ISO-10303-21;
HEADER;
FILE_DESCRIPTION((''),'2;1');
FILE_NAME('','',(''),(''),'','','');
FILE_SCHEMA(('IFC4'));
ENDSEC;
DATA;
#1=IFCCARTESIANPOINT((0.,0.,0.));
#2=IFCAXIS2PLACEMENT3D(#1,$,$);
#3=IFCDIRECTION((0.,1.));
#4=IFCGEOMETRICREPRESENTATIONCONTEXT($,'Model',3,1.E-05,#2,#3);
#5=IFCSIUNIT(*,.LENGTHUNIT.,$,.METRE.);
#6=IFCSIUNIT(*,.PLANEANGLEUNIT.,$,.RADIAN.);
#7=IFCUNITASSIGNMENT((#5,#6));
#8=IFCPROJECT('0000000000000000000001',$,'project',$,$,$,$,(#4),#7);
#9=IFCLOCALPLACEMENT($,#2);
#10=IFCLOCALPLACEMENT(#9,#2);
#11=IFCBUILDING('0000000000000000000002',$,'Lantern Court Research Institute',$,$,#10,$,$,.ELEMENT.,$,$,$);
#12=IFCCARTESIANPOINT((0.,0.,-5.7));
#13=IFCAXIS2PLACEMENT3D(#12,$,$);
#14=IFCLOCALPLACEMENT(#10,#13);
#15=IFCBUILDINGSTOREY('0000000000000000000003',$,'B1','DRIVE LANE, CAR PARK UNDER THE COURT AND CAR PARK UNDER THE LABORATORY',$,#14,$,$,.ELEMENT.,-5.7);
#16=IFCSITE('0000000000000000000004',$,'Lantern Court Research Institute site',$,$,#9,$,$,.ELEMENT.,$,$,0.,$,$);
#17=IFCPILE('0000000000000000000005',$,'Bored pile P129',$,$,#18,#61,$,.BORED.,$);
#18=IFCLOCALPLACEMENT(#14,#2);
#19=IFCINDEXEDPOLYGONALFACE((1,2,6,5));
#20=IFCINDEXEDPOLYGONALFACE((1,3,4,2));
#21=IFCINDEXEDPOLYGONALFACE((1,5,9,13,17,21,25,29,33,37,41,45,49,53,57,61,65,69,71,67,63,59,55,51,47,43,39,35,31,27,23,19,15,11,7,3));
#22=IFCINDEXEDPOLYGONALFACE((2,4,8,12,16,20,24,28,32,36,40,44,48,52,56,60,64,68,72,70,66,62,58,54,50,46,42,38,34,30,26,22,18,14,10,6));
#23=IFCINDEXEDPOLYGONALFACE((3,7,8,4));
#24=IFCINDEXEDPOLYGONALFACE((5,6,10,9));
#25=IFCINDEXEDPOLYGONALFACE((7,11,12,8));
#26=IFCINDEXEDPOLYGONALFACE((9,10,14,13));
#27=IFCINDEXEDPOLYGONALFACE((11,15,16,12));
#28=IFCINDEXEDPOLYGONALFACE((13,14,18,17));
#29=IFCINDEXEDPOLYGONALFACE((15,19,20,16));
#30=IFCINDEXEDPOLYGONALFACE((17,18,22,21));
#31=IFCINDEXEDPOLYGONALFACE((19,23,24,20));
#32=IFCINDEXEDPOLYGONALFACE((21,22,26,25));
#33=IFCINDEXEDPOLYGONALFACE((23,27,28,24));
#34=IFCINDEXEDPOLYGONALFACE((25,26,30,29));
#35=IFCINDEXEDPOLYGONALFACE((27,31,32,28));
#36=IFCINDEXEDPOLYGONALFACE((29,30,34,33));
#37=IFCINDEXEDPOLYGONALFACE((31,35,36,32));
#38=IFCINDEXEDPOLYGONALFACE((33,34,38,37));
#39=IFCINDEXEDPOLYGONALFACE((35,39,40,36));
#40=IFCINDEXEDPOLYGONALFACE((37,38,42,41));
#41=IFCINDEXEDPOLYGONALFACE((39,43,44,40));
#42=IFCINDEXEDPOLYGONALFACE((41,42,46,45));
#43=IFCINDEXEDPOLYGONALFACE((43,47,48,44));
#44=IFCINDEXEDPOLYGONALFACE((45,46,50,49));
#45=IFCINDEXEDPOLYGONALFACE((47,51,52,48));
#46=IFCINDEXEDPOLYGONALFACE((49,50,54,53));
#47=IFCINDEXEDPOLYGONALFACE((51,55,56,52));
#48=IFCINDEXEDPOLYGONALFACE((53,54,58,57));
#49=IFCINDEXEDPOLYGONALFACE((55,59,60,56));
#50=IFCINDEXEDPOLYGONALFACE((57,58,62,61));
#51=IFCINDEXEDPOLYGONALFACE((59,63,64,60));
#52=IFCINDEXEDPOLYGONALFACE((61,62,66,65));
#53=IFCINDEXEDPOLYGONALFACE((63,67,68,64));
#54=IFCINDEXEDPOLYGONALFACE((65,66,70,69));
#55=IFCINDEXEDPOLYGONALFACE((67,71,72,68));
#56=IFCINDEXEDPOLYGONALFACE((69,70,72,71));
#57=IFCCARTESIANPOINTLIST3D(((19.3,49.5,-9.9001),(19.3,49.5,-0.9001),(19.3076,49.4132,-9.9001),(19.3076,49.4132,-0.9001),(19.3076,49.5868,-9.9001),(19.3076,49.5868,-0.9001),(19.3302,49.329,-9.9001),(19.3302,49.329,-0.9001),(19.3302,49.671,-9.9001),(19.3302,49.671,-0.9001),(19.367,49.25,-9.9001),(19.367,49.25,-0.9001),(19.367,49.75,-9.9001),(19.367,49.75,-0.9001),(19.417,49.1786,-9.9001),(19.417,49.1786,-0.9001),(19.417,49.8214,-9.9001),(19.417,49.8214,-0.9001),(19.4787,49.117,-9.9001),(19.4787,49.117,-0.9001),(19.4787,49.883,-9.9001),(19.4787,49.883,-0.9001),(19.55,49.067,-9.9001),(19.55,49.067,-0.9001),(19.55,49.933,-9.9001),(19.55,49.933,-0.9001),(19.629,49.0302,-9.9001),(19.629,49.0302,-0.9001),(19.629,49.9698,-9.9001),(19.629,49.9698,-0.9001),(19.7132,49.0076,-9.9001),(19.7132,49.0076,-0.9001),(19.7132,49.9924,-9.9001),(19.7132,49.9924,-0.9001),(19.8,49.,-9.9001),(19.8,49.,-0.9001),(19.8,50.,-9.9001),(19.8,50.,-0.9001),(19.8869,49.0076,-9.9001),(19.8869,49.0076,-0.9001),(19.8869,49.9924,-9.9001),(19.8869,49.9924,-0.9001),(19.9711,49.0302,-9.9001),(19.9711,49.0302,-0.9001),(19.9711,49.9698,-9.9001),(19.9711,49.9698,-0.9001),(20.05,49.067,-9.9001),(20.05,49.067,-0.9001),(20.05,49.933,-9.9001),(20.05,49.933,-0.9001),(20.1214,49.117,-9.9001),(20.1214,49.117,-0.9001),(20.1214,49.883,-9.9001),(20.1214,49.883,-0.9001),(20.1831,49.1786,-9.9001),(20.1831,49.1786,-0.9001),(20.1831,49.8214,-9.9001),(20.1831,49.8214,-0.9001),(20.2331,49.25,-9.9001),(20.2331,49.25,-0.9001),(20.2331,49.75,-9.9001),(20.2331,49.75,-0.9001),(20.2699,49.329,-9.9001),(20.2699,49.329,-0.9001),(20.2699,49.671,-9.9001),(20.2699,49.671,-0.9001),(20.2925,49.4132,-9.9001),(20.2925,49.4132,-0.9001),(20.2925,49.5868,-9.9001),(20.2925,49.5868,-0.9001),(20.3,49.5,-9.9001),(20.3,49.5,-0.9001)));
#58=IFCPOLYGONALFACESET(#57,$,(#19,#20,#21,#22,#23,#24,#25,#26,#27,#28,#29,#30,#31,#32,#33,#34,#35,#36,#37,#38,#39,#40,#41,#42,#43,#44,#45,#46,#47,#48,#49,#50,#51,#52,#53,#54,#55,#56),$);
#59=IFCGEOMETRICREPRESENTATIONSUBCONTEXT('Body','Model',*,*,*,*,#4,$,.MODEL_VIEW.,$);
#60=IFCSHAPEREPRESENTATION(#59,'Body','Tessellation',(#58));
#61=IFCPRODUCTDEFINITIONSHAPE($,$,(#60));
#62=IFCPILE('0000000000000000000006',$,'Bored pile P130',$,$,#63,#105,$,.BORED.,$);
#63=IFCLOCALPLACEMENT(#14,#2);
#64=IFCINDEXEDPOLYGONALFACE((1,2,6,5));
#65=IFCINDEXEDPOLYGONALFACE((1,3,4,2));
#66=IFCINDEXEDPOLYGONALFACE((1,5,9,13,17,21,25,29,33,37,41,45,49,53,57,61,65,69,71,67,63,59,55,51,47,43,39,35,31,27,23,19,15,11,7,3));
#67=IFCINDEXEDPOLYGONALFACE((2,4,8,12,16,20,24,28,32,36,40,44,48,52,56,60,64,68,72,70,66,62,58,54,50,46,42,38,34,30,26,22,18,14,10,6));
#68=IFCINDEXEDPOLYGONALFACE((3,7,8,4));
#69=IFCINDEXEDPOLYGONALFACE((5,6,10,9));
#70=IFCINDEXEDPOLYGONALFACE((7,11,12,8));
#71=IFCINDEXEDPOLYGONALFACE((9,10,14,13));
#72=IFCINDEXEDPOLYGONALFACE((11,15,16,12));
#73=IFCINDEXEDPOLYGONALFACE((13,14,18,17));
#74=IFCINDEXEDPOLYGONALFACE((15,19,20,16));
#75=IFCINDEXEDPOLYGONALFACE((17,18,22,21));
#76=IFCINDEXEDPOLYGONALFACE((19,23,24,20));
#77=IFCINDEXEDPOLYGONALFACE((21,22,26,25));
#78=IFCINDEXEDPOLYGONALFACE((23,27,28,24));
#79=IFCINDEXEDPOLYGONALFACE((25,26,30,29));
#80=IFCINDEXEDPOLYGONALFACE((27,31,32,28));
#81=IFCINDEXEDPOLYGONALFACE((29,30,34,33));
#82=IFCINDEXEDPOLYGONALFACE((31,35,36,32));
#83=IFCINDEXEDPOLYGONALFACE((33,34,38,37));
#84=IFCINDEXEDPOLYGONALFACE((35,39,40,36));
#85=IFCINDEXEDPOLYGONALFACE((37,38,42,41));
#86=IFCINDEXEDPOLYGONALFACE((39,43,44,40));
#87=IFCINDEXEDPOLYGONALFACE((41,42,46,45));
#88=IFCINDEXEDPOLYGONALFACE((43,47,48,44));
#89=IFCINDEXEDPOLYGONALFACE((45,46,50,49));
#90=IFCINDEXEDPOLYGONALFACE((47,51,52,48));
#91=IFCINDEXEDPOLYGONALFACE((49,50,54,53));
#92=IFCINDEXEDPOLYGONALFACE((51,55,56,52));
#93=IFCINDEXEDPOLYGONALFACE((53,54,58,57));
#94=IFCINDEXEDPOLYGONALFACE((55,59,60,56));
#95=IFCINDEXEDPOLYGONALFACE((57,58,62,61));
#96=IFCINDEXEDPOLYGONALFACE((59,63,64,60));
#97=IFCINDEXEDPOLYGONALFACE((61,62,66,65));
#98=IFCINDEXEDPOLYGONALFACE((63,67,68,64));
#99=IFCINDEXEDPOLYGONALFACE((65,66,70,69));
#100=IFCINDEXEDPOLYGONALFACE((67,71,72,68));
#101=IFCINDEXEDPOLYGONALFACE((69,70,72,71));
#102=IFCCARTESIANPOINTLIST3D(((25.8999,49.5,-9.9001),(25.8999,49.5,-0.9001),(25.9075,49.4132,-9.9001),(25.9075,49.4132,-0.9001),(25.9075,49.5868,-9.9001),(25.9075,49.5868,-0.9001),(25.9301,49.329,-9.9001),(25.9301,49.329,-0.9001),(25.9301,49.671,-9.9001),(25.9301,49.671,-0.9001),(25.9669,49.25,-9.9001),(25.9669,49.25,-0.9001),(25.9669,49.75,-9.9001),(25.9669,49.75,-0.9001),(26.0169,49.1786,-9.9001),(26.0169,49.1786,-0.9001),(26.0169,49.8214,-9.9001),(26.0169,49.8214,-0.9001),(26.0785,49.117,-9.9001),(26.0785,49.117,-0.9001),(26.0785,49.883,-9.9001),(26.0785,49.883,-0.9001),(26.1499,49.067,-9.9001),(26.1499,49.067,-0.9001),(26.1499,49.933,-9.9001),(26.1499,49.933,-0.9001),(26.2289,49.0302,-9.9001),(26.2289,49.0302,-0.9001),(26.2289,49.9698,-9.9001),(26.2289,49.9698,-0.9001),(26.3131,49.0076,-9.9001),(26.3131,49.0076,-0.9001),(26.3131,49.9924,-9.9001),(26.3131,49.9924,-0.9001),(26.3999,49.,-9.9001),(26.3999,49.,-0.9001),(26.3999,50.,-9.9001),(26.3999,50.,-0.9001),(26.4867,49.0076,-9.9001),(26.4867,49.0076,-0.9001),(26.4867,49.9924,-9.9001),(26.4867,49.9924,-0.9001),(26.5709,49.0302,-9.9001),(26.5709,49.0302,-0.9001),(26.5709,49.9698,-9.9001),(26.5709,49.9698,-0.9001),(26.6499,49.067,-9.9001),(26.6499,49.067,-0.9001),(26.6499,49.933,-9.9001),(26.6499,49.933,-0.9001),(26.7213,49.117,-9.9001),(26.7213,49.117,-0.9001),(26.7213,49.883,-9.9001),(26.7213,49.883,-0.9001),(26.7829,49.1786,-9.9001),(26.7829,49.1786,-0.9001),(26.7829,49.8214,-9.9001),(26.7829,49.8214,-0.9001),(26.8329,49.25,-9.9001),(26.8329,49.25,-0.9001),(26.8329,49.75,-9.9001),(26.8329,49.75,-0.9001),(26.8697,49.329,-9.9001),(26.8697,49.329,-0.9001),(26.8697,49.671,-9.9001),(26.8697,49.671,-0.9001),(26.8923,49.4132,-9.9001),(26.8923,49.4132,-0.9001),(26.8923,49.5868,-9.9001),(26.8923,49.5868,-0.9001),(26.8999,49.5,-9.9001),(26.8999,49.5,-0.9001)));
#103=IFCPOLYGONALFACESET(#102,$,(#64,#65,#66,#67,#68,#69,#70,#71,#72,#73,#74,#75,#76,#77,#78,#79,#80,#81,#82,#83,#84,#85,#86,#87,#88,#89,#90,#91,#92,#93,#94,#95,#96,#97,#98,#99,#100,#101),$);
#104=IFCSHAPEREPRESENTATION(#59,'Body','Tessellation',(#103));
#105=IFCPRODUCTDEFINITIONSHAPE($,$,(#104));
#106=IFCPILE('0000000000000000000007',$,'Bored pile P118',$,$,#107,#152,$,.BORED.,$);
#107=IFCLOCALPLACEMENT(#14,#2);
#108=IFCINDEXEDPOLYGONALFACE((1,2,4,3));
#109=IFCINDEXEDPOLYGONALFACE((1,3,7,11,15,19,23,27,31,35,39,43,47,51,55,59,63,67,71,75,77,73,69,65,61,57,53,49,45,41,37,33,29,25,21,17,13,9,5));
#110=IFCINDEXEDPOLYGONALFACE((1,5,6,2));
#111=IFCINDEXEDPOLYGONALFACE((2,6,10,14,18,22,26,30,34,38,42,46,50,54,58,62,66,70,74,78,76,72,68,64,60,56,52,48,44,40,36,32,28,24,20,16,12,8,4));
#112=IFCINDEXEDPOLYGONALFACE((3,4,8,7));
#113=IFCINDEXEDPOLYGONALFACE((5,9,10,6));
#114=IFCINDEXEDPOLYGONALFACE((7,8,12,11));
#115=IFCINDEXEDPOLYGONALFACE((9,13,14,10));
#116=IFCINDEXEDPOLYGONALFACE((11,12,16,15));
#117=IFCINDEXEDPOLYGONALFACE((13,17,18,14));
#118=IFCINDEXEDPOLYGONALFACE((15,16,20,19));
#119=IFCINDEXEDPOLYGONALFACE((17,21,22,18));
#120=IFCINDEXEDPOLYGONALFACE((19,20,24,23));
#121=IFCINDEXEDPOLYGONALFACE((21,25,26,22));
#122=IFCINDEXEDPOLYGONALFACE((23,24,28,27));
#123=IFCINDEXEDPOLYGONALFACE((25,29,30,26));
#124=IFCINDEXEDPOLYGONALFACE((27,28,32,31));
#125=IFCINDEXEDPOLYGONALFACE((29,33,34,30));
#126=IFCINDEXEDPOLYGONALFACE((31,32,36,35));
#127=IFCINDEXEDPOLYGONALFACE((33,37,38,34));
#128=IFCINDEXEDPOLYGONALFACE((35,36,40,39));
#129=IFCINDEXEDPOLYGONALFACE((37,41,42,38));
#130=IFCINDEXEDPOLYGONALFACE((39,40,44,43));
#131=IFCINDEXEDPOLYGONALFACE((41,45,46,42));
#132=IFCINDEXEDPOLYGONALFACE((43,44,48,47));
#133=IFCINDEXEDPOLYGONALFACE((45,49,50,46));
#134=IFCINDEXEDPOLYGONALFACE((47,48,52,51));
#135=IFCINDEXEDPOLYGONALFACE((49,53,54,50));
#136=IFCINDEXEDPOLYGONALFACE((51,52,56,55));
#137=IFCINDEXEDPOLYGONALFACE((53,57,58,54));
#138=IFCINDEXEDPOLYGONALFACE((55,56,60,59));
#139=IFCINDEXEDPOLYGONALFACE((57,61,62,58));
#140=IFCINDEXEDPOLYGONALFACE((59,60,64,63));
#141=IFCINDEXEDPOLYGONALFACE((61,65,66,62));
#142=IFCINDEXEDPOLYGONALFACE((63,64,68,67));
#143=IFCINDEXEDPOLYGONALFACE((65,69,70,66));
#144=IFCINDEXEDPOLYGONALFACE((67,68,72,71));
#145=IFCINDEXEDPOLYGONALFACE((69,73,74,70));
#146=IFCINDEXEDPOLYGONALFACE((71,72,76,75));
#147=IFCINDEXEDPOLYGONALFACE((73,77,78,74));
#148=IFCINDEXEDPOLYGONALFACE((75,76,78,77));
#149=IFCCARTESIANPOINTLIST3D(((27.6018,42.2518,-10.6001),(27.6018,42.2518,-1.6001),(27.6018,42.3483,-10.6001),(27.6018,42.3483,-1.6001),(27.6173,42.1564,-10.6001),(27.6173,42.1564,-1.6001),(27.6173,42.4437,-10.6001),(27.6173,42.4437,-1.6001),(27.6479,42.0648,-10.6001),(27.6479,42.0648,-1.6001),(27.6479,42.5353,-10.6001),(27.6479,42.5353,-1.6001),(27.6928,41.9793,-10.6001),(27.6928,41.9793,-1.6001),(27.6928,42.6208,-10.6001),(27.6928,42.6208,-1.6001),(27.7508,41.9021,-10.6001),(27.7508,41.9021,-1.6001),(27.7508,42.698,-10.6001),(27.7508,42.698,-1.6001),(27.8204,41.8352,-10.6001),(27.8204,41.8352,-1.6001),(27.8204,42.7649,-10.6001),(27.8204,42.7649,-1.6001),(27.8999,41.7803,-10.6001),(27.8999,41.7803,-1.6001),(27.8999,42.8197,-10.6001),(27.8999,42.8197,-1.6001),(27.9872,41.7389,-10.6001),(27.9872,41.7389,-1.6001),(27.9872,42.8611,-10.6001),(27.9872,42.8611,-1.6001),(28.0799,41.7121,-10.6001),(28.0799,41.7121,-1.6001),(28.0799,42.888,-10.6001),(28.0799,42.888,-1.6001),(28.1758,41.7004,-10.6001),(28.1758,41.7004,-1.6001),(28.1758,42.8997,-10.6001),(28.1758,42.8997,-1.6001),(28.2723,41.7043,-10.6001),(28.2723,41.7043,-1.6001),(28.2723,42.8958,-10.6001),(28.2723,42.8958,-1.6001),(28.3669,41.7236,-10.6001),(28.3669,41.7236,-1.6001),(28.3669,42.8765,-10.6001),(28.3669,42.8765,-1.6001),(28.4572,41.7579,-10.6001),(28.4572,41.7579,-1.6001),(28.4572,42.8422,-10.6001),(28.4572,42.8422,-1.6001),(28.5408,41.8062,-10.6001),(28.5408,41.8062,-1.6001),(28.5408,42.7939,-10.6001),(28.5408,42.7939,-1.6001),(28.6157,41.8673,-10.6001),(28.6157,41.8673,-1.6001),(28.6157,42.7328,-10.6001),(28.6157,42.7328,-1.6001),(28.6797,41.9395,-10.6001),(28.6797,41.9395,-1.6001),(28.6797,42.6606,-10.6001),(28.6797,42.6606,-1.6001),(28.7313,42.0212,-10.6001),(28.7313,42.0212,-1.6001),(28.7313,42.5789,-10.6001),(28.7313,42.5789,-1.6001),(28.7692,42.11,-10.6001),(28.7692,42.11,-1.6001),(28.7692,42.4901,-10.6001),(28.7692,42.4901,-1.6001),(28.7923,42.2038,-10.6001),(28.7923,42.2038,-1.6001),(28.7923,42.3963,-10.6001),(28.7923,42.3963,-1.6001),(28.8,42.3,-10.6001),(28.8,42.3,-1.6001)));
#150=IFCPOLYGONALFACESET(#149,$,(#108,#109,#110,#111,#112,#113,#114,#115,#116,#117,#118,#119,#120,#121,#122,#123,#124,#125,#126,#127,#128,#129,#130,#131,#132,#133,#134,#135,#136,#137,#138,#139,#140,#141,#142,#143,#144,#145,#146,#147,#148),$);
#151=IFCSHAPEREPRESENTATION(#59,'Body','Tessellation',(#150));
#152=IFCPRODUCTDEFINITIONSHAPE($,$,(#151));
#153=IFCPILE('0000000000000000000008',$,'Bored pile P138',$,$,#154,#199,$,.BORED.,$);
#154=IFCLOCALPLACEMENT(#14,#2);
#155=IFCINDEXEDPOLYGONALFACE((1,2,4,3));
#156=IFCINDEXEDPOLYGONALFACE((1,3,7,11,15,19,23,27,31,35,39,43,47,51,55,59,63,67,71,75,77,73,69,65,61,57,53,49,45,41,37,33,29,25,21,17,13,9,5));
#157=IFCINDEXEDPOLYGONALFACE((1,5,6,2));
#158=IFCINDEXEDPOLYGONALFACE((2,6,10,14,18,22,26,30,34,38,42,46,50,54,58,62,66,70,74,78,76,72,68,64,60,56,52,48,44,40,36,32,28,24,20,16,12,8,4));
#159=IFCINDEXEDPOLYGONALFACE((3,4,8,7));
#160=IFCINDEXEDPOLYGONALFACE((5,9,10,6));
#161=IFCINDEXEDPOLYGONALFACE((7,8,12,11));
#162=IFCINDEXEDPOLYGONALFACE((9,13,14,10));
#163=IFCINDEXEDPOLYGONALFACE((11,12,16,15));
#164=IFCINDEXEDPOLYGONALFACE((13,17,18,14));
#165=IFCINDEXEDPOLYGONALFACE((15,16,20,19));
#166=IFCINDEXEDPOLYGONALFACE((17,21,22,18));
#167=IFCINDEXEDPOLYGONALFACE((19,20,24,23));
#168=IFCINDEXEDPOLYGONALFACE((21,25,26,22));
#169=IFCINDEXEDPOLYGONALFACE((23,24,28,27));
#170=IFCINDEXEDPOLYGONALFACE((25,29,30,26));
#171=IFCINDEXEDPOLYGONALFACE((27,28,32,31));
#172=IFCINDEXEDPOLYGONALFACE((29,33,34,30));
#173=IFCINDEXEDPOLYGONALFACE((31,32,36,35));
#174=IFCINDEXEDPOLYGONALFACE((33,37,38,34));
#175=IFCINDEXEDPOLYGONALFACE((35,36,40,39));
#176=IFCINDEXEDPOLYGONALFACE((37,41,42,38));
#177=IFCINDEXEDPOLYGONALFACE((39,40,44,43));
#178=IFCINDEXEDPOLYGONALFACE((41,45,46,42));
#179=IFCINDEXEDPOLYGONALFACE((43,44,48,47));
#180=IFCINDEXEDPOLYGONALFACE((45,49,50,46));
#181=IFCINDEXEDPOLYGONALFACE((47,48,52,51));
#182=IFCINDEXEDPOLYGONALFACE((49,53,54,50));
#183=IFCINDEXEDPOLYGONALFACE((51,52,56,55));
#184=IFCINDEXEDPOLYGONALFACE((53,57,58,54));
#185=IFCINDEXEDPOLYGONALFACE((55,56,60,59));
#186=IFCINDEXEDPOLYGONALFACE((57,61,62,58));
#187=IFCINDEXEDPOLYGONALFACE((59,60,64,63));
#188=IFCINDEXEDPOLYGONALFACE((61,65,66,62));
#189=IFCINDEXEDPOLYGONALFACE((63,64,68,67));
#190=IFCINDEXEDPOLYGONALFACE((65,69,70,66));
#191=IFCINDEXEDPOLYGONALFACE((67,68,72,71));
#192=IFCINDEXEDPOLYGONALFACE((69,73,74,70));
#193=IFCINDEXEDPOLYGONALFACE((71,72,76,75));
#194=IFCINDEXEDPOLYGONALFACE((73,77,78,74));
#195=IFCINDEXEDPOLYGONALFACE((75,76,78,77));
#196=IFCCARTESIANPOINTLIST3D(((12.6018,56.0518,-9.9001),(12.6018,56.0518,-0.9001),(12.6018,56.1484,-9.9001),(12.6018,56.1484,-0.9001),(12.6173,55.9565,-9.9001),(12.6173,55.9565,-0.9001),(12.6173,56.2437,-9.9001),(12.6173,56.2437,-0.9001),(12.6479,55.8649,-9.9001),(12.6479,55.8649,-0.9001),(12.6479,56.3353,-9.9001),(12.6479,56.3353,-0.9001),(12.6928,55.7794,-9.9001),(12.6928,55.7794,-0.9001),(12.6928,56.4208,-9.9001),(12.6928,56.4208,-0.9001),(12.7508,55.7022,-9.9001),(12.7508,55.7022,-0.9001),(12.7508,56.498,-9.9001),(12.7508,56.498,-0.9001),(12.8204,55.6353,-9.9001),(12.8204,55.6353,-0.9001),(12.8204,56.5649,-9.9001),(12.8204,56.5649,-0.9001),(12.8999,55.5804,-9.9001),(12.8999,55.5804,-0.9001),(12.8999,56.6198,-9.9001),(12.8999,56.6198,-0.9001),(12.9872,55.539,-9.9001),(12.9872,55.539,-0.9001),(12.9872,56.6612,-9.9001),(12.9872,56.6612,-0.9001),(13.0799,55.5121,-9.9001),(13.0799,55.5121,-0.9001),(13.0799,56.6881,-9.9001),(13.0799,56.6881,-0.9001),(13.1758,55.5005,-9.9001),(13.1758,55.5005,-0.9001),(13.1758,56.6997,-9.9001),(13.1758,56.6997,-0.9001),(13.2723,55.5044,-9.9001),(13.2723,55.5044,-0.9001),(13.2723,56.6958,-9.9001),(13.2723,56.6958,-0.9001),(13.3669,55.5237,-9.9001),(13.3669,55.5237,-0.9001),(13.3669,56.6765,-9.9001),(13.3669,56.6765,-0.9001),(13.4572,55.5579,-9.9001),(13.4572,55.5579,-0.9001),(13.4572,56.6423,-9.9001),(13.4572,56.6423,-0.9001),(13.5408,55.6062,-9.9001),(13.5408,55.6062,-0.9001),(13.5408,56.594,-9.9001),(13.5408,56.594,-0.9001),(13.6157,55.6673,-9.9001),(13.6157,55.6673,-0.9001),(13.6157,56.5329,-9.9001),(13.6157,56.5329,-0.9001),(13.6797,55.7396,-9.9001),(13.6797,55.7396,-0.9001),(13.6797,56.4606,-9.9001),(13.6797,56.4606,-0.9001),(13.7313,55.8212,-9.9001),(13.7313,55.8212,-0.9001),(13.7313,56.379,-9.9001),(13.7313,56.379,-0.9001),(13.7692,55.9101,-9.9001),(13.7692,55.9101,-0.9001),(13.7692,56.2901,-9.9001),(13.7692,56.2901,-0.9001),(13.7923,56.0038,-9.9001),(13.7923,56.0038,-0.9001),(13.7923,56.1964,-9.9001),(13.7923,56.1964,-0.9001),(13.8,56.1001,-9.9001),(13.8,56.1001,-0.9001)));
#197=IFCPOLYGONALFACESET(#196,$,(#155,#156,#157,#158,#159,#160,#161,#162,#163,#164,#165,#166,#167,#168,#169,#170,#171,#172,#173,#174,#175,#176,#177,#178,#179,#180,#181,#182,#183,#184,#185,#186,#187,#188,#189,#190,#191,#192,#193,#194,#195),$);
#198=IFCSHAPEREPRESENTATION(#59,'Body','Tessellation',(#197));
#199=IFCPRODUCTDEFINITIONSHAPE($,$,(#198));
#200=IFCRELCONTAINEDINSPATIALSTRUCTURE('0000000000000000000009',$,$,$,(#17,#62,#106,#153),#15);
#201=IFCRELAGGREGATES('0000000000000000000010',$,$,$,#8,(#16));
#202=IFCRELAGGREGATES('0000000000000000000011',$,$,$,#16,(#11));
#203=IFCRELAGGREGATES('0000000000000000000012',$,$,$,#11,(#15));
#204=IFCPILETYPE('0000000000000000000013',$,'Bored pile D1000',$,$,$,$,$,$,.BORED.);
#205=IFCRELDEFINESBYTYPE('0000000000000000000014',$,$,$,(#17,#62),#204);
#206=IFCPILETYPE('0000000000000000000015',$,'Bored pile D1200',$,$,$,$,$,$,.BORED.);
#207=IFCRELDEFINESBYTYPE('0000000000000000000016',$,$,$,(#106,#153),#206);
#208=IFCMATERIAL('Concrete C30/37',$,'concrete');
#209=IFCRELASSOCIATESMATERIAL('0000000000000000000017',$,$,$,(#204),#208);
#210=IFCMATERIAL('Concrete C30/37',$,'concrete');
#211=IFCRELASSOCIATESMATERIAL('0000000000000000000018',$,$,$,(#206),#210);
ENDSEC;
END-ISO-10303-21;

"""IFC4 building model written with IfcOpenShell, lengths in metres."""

from ifc_helpers import new_model, si_unit, direction, frame, origin, origin_2d, place, context, subcontext, project, spatial, circle, extrude, material, material_profile, profile_set, type_object, element, save


model = new_model("IFC4")

# Units and contexts
model_context = context("Model", 3, precision=1e-05, world=origin(), true_north=direction((0.0, 1.0)))
body_context = subcontext(model_context, "Body", "Model", "MODEL_VIEW")
ifc_project = project(units=[si_unit("LENGTHUNIT", "METRE"), si_unit("PLANEANGLEUNIT", "RADIAN")], contexts=[model_context])

# Site, building, storey
site_placement = place(None, origin())
site = spatial("IfcSite", under=ifc_project, at=site_placement, Name="Lantern Court Research Institute site", CompositionType="ELEMENT", RefElevation=0.0)
building_placement = place(site_placement, origin())
building = spatial("IfcBuilding", under=site, at=building_placement, Name="Lantern Court Research Institute", CompositionType="ELEMENT")
storey_placement = place(building_placement, frame((0.0, 0.0, -5.7)))
storey = spatial("IfcBuildingStorey", under=building, at=storey_placement, Name="B1", Description="DRIVE LANE, CAR PARK UNDER THE COURT AND CAR PARK UNDER THE LABORATORY", CompositionType="ELEMENT", Elevation=-5.7)

# Piles
ifc_material_1 = material(Name="Concrete C30/37", Category="concrete")
ifc_material_profile_1 = material_profile(ifc_material_1, circle(Radius=0.5, at=origin_2d()), Name="Bored pile D1000")
ifc_profile_set_1 = profile_set([ifc_material_profile_1], Name="Concrete C30/37")
pile_type_1 = type_object("IfcPileType", Name="Bored pile D1000", PredefinedType="BORED", material=ifc_profile_set_1)
for number, where, z_axis, x_axis, name in (
    (1, (19.8, 49.5, -0.9001), (0.0, 0.0, -1.0), (1.0, 0.0, 0.0), "Bored pile P129"),
    (2, (26.3999, 49.5, -0.9001), (0.0, 0.0, -1.0), (1.0, 0.0, 0.0), "Bored pile P130"),
):
    element("IfcPile", number, at=place(storey_placement, frame(where, z_axis=z_axis, x_axis=x_axis)), inside=storey, type_object=pile_type_1, Name=name, PredefinedType="BORED", context=body_context, shape_type="SweptSolid", body=[
        extrude(circle(Radius=0.5, at=origin_2d()), origin(), (0.0, 0.0, 1.0), 9.0),
    ])
ifc_material_2 = material(Name="Concrete C30/37", Category="concrete")
ifc_material_profile_2 = material_profile(ifc_material_2, circle(Radius=0.6001, at=origin_2d()), Name="Bored pile D1200")
ifc_profile_set_2 = profile_set([ifc_material_profile_2], Name="Concrete C30/37")
pile_type_2 = type_object("IfcPileType", Name="Bored pile D1200", PredefinedType="BORED", material=ifc_profile_set_2)
for number, where, z_axis, x_axis, name in (
    (3, (28.2, 42.3, -1.6001), (0.0, 0.0, -1.0), (1.0, 0.0, 0.0), "Bored pile P118"),
    (4, (13.2, 56.1001, -0.9001), (0.0, 0.0, -1.0), (1.0, 0.0, 0.0), "Bored pile P138"),
):
    element("IfcPile", number, at=place(storey_placement, frame(where, z_axis=z_axis, x_axis=x_axis)), inside=storey, type_object=pile_type_2, Name=name, PredefinedType="BORED", context=body_context, shape_type="SweptSolid", body=[
        extrude(circle(Radius=0.6001, at=origin_2d()), origin(), (0.0, 0.0, 1.0), 9.0),
    ])

save(model, "model.ifc")
